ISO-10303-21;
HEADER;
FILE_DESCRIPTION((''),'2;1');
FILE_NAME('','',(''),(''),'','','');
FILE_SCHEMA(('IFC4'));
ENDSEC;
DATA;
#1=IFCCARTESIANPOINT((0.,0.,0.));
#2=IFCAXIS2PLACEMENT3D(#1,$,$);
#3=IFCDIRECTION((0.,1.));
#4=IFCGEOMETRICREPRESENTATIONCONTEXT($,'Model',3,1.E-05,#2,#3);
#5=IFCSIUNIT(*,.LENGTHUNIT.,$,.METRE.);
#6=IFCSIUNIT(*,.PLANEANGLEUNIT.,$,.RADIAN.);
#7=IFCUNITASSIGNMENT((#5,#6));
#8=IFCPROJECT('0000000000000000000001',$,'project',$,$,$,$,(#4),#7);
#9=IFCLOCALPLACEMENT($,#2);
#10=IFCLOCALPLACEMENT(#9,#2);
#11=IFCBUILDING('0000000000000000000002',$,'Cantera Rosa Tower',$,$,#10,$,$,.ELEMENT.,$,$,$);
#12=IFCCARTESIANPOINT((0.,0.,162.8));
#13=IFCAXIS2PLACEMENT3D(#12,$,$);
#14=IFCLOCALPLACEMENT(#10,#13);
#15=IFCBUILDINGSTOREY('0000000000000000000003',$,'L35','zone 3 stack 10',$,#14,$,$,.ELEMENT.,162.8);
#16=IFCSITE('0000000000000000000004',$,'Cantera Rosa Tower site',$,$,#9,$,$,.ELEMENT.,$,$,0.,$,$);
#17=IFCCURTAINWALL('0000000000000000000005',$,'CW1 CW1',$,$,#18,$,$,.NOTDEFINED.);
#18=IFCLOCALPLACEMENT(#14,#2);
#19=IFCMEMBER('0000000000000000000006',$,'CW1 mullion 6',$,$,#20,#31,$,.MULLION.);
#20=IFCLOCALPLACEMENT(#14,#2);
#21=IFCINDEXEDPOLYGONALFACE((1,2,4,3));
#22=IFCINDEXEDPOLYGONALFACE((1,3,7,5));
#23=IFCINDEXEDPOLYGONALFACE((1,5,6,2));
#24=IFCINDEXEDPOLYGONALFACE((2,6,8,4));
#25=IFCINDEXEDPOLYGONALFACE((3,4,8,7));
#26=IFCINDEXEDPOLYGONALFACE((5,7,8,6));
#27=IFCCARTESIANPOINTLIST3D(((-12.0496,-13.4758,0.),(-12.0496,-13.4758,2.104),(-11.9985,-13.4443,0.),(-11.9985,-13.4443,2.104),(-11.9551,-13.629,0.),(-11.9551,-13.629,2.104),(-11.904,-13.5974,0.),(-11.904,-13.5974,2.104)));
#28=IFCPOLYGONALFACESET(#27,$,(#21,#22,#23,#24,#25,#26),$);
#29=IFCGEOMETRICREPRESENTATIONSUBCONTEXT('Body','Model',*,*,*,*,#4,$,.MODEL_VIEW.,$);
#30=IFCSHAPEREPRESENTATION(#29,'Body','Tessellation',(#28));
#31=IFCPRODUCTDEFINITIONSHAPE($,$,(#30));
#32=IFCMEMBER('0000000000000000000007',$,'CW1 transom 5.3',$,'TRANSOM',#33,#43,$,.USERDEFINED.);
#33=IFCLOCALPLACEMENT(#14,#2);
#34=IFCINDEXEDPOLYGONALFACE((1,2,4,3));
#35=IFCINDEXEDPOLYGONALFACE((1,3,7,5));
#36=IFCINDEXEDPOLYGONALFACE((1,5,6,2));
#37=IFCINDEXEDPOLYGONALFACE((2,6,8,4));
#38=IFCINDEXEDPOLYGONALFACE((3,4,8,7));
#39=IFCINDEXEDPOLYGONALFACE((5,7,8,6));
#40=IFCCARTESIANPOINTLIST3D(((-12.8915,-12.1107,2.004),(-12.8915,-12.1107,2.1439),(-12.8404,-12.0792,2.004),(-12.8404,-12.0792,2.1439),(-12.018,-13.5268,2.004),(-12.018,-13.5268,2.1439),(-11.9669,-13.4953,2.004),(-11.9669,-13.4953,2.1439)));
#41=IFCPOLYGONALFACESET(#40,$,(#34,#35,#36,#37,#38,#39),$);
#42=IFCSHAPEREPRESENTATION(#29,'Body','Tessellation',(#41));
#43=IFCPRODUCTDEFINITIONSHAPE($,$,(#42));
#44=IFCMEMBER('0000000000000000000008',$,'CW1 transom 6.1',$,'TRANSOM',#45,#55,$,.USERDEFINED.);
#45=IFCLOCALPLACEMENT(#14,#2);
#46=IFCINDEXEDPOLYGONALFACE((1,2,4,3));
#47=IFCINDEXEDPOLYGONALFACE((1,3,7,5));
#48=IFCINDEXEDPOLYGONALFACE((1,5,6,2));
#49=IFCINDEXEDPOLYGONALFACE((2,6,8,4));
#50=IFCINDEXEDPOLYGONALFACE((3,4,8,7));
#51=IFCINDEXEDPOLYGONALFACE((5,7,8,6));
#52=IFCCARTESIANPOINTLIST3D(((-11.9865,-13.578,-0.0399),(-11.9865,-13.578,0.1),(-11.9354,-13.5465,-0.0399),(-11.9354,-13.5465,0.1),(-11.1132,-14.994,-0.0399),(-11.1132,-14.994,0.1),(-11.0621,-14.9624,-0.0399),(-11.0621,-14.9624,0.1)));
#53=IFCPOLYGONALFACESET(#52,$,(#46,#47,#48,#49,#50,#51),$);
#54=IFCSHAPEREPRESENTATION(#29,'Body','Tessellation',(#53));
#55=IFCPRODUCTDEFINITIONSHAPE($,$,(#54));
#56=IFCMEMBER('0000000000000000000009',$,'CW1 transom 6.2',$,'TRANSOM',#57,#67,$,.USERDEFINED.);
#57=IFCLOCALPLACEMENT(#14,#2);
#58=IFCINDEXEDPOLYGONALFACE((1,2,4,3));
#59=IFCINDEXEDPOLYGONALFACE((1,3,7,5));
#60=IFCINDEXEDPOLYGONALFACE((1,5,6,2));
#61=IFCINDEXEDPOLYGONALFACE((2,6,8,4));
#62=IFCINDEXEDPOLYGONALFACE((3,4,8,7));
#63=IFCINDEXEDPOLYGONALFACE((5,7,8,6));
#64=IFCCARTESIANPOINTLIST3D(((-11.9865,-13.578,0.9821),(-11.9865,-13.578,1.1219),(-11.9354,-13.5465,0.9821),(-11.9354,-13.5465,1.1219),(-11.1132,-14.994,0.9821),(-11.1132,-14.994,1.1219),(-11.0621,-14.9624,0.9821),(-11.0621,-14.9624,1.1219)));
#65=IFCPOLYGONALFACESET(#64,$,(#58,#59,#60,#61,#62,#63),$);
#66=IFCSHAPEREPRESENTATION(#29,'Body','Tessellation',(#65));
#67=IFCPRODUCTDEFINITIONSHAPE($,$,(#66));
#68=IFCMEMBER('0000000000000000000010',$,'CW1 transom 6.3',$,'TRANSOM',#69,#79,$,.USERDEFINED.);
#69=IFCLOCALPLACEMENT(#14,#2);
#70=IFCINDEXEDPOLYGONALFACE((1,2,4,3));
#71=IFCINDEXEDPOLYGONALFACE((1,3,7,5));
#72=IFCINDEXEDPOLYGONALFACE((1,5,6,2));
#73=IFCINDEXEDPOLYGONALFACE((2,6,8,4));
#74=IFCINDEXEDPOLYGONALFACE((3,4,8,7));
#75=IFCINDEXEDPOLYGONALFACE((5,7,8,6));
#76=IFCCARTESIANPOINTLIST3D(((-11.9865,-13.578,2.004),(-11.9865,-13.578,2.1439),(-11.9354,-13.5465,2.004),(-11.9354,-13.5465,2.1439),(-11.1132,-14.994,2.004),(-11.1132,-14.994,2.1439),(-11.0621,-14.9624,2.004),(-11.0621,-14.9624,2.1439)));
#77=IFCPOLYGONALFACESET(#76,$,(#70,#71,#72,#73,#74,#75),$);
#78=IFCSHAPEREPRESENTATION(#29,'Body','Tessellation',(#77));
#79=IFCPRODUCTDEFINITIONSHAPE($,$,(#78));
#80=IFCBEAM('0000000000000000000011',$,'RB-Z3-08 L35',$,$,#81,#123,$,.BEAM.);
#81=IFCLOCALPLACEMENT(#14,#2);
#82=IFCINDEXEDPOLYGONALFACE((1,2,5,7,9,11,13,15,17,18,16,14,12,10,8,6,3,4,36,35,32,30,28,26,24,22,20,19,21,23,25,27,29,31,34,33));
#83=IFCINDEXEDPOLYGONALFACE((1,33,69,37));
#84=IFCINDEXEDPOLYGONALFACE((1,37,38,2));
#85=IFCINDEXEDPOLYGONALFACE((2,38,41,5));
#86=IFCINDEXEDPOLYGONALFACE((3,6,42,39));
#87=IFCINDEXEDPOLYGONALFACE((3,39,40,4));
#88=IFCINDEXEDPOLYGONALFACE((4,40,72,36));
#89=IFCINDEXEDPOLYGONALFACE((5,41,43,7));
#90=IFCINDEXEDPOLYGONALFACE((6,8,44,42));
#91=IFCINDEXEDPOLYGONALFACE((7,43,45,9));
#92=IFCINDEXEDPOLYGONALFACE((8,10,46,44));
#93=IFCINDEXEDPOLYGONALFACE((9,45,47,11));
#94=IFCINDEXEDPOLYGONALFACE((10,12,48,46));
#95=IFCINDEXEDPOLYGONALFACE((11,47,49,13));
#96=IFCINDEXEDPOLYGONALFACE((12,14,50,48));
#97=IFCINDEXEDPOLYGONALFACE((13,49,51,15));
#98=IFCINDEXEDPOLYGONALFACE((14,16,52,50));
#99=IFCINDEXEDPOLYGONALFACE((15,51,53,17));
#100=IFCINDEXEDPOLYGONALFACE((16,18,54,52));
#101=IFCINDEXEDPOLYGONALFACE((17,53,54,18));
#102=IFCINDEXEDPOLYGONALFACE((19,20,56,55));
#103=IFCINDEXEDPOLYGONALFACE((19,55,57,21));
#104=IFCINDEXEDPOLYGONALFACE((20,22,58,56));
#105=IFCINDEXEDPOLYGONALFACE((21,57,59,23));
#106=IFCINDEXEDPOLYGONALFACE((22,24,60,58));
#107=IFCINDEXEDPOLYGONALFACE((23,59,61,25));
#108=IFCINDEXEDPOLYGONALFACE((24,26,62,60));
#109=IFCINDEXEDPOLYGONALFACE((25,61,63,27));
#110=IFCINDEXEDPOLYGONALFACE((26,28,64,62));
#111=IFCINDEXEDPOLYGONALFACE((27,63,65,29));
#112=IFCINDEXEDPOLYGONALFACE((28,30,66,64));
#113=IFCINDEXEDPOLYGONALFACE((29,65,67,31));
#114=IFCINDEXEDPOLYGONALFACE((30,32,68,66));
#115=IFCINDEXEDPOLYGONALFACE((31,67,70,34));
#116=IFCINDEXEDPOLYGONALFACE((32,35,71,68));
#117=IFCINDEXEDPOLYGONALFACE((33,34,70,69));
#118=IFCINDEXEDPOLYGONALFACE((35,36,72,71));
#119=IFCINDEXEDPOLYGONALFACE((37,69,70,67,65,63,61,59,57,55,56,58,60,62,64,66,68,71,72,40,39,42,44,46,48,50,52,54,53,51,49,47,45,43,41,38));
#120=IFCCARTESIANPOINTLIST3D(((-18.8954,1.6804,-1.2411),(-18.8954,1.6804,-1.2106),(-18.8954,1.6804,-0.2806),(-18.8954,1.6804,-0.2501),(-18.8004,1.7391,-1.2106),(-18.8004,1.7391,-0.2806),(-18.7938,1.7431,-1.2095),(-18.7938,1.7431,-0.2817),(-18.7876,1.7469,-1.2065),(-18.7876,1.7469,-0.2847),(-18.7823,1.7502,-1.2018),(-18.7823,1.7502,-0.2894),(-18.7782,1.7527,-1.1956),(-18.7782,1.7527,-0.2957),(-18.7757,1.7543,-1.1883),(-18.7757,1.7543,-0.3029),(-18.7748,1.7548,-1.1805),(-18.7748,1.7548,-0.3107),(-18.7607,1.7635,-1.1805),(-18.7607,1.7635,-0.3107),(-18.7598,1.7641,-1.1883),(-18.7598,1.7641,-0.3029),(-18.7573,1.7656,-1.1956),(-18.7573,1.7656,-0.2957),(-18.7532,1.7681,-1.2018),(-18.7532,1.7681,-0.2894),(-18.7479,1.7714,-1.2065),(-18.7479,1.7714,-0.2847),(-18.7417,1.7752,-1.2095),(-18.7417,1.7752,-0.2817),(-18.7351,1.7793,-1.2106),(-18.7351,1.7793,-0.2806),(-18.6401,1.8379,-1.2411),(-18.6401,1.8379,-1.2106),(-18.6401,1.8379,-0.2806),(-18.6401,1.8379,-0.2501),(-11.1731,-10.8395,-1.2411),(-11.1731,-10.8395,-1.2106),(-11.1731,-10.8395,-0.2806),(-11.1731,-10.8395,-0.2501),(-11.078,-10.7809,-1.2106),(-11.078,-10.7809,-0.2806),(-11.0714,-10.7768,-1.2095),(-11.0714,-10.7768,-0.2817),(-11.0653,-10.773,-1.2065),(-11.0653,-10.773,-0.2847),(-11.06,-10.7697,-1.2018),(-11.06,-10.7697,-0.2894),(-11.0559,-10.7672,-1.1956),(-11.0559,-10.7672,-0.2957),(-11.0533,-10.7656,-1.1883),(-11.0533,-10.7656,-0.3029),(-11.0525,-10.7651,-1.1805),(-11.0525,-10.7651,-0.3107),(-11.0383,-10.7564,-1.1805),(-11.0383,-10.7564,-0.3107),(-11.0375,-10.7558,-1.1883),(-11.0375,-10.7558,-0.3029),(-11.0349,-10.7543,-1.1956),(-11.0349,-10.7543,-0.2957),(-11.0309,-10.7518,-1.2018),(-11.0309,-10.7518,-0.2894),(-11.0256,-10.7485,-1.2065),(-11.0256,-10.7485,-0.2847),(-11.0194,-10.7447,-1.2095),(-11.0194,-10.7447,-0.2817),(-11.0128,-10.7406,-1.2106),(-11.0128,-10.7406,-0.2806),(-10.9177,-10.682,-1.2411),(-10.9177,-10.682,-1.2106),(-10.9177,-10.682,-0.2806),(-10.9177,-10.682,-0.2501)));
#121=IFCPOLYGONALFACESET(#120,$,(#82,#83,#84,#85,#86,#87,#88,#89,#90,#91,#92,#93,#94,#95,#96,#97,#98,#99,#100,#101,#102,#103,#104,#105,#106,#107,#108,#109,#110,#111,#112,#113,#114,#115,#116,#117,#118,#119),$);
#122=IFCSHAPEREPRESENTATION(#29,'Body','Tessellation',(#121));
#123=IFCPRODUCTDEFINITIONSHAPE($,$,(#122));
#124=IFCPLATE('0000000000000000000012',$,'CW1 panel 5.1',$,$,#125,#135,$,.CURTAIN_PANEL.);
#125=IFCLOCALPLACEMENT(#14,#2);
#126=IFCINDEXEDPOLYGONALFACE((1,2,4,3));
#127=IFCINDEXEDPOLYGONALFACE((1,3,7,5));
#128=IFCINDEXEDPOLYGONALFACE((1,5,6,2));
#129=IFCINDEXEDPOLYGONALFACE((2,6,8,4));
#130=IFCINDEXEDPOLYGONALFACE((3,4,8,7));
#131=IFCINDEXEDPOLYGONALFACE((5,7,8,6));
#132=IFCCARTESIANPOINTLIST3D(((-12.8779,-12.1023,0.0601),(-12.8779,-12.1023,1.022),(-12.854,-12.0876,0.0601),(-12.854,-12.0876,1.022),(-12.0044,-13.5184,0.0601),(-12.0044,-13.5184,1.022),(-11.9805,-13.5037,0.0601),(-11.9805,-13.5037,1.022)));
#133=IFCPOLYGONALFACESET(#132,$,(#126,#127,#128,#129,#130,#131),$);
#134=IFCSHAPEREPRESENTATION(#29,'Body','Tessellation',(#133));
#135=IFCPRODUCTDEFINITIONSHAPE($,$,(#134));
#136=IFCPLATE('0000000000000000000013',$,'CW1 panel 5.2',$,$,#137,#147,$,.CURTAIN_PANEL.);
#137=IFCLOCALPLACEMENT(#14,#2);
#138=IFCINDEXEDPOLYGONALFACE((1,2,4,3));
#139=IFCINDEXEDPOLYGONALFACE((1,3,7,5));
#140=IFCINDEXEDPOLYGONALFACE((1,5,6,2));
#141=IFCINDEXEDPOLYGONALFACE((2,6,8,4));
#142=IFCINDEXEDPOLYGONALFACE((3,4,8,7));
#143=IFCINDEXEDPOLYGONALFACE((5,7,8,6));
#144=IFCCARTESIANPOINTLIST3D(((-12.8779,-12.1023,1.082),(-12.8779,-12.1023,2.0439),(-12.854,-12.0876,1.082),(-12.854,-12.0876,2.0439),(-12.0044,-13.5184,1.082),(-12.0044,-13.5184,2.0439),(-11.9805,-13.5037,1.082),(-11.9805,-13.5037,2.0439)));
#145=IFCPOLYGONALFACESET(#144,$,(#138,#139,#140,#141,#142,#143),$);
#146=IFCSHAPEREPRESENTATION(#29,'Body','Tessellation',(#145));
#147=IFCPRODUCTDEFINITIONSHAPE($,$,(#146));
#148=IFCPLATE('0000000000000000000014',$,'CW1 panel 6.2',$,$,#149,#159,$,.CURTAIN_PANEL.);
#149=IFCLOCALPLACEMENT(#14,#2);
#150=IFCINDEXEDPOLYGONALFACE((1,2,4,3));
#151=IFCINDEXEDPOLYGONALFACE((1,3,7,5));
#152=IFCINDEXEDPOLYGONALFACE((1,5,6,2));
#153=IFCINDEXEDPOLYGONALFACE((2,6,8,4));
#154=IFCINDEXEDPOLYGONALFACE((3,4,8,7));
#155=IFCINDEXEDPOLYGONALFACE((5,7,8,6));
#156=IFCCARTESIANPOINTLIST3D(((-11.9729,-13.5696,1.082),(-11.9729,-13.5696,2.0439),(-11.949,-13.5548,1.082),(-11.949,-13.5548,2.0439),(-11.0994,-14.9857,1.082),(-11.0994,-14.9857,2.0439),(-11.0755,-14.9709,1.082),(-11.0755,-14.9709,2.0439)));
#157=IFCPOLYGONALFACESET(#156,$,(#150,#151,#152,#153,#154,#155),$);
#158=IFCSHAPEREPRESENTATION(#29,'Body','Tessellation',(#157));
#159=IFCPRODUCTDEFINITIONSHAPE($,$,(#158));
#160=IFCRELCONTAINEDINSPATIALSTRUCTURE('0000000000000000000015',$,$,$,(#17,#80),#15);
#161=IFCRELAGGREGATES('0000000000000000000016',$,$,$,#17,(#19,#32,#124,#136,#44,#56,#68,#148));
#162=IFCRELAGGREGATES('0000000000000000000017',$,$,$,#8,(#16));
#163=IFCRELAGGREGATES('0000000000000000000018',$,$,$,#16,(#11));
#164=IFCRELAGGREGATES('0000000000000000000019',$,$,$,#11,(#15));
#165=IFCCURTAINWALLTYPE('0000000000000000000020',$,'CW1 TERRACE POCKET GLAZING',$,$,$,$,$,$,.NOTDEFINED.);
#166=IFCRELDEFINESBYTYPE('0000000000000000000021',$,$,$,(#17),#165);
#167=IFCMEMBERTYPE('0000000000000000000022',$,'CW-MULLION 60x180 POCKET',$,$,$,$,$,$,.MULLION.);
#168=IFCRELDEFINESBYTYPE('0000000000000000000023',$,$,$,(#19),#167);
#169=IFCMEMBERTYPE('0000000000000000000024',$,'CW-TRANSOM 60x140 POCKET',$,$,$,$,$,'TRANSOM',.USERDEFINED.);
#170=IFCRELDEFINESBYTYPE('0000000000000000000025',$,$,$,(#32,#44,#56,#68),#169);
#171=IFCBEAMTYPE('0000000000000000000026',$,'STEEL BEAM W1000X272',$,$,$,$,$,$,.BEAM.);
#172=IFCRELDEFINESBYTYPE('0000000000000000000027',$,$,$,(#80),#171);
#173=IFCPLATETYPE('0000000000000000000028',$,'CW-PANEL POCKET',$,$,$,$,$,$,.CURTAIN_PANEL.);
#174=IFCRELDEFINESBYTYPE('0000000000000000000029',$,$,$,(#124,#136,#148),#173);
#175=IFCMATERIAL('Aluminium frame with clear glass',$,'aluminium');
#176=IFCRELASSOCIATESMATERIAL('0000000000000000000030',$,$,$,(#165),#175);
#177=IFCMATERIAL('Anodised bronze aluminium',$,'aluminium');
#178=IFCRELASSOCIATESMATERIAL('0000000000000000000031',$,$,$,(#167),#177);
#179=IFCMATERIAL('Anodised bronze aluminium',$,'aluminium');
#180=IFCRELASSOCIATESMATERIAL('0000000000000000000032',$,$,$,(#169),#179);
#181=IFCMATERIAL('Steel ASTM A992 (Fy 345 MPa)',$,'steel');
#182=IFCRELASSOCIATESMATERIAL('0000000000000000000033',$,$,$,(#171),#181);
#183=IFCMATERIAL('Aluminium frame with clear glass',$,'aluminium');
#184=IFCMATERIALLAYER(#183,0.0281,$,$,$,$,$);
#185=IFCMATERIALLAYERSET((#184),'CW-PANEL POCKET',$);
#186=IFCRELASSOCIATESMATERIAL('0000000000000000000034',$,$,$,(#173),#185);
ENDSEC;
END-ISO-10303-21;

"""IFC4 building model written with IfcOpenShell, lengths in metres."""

from ifc_helpers import new_model, si_unit, direction, frame, origin, origin_2d, place, context, subcontext, project, spatial, rectangle, i_section, extrude, material, layer, layer_set, material_profile, profile_set, type_object, element, aggregate, save


model = new_model("IFC4")

# Units and contexts
model_context = context("Model", 3, precision=1e-05, world=origin(), true_north=direction((0.0, 1.0)))
body_context = subcontext(model_context, "Body", "Model", "MODEL_VIEW")
ifc_project = project(units=[si_unit("LENGTHUNIT", "METRE"), si_unit("PLANEANGLEUNIT", "RADIAN")], contexts=[model_context])

# Site, building, storey
site_placement = place(None, origin())
site = spatial("IfcSite", under=ifc_project, at=site_placement, Name="Cantera Rosa Tower site", CompositionType="ELEMENT", RefElevation=0.0)
building_placement = place(site_placement, origin())
building = spatial("IfcBuilding", under=site, at=building_placement, Name="Cantera Rosa Tower", CompositionType="ELEMENT")
storey_placement = place(building_placement, frame((0.0, 0.0, 162.8)))
storey = spatial("IfcBuildingStorey", under=building, at=storey_placement, Name="L35", Description="zone 3 stack 10", CompositionType="ELEMENT", Elevation=162.8)

# Curtain wall, members
ifc_material_1 = material(Name="Aluminium frame with clear glass", Category="aluminium")
curtain_wall_type = type_object("IfcCurtainWallType", Name="CW1 TERRACE POCKET GLAZING", PredefinedType="NOTDEFINED", material=ifc_material_1)
curtain_wall_placement = place(storey_placement, origin())
curtain_wall = element("IfcCurtainWall", 1, at=curtain_wall_placement, inside=storey, type_object=curtain_wall_type, Name="CW1 CW1", PredefinedType="NOTDEFINED")
ifc_material_2 = material(Name="Anodised bronze aluminium", Category="aluminium")
ifc_material_profile_1 = material_profile(ifc_material_2, rectangle(XDim=0.0601, YDim=0.1799, at=origin_2d()), Name="CW-MULLION 60x180 POCKET")
ifc_profile_set_1 = profile_set([ifc_material_profile_1], Name="Anodised bronze aluminium")
member_type_1 = type_object("IfcMemberType", Name="CW-MULLION 60x180 POCKET", PredefinedType="MULLION", material=ifc_profile_set_1)
member_1_placement = place(storey_placement, frame((-11.9768, -13.5366, 0.0), z_axis=(0.0, 0.0, 1.0), x_axis=(0.851117, 0.524977, 0.0)))
member_1 = element("IfcMember", 2, at=member_1_placement, type_object=member_type_1, Name="CW1 mullion 6", PredefinedType="MULLION", context=body_context, shape_type="SweptSolid", body=[
    extrude(rectangle(XDim=0.0601, YDim=0.1799, at=origin_2d()), origin(), (0.0, 0.0, 1.0), 2.104),
])
ifc_material_3 = material(Name="Anodised bronze aluminium", Category="aluminium")
ifc_material_profile_2 = material_profile(ifc_material_3, rectangle(XDim=0.0601, YDim=0.1399, at=origin_2d()), Name="CW-TRANSOM 60x140 POCKET")
ifc_profile_set_2 = profile_set([ifc_material_profile_2], Name="Anodised bronze aluminium")
member_type_2 = type_object("IfcMemberType", Name="CW-TRANSOM 60x140 POCKET", ElementType="TRANSOM", PredefinedType="USERDEFINED", material=ifc_profile_set_2)
member_2_placement = place(storey_placement, frame((-12.866, -12.095, 2.074), z_axis=(0.52503, -0.851083, 0.0), x_axis=(0.851083, 0.52503, 0.0)))
member_2 = element("IfcMember", 3, at=member_2_placement, type_object=member_type_2, Name="CW1 transom 5.3", ObjectType="TRANSOM", PredefinedType="USERDEFINED", context=body_context, shape_type="SweptSolid", body=[
    extrude(rectangle(XDim=0.0601, YDim=0.1399, at=origin_2d()), origin(), (0.0, 0.0, 1.0), 1.6638),
])
member_3_placement = place(storey_placement, frame((-11.9609, -13.5623, 0.03), z_axis=(0.524924, -0.851149, 0.0), x_axis=(0.851149, 0.524924, 0.0)))
member_3 = element("IfcMember", 4, at=member_3_placement, type_object=member_type_2, Name="CW1 transom 6.1", ObjectType="TRANSOM", PredefinedType="USERDEFINED", context=body_context, shape_type="SweptSolid", body=[
    extrude(rectangle(XDim=0.0601, YDim=0.1399, at=origin_2d()), origin(), (0.0, 0.0, 1.0), 1.6636),
])
member_4_placement = place(storey_placement, frame((-11.9609, -13.5623, 1.052), z_axis=(0.524924, -0.851149, 0.0), x_axis=(0.851149, 0.524924, 0.0)))
member_4 = element("IfcMember", 5, at=member_4_placement, type_object=member_type_2, Name="CW1 transom 6.2", ObjectType="TRANSOM", PredefinedType="USERDEFINED", context=body_context, shape_type="SweptSolid", body=[
    extrude(rectangle(XDim=0.0601, YDim=0.1399, at=origin_2d()), origin(), (0.0, 0.0, 1.0), 1.6636),
])
member_5_placement = place(storey_placement, frame((-11.9609, -13.5623, 2.074), z_axis=(0.524924, -0.851149, 0.0), x_axis=(0.851149, 0.524924, 0.0)))
member_5 = element("IfcMember", 6, at=member_5_placement, type_object=member_type_2, Name="CW1 transom 6.3", ObjectType="TRANSOM", PredefinedType="USERDEFINED", context=body_context, shape_type="SweptSolid", body=[
    extrude(rectangle(XDim=0.0601, YDim=0.1399, at=origin_2d()), origin(), (0.0, 0.0, 1.0), 1.6636),
])

# Beam
ifc_material_4 = material(Name="Steel ASTM A992 (Fy 345 MPa)", Category="steel")
ifc_material_profile_3 = material_profile(ifc_material_4, i_section(OverallWidth=0.3, OverallDepth=0.991, WebThickness=0.0166, FlangeThickness=0.0305, FilletRadius=0.03, at=origin_2d()), Name="W1000X272")
ifc_profile_set_3 = profile_set([ifc_material_profile_3], Name="Steel ASTM A992 (Fy 345 MPa)")
beam_type = type_object("IfcBeamType", Name="STEEL BEAM W1000X272", PredefinedType="BEAM", material=ifc_profile_set_3)
beam_placement = place(storey_placement, frame((-11.0454, -10.7607, -0.7456), z_axis=(-0.524974, 0.851118, 0.0), x_axis=(-0.851118, -0.524974, 0.0)))
element("IfcBeam", 7, at=beam_placement, inside=storey, type_object=beam_type, Name="RB-Z3-08 L35", PredefinedType="BEAM", context=body_context, shape_type="SweptSolid", body=[
    extrude(i_section(OverallWidth=0.3, OverallDepth=0.991, WebThickness=0.0166, FlangeThickness=0.0305, FilletRadius=0.03, at=origin_2d()), origin(), (0.0, 0.0, 1.0), 14.71),
])

# Plates
ifc_material_5 = material(Name="Aluminium frame with clear glass", Category="aluminium")
ifc_layer_1 = layer(ifc_material_5, 0.0281)
ifc_layer_set_1 = layer_set([ifc_layer_1], Name="CW-PANEL POCKET")
plate_type = type_object("IfcPlateType", Name="CW-PANEL POCKET", PredefinedType="CURTAIN_PANEL", material=ifc_layer_set_1)
plate_1_placement = place(storey_placement, frame((-12.4292, -12.803, 0.0601), z_axis=(0.0, 0.0, 1.0), x_axis=(0.524977, -0.851117, 0.0)))
plate_1 = element("IfcPlate", 8, at=plate_1_placement, type_object=plate_type, Name="CW1 panel 5.1", PredefinedType="CURTAIN_PANEL", context=body_context, shape_type="SweptSolid", body=[
    extrude(rectangle(XDim=1.6638, YDim=0.0281, at=origin_2d()), origin(), (0.0, 0.0, 1.0), 0.9619),
])
plate_2_placement = place(storey_placement, frame((-12.4292, -12.803, 1.082), z_axis=(0.0, 0.0, 1.0), x_axis=(0.524977, -0.851117, 0.0)))
plate_2 = element("IfcPlate", 9, at=plate_2_placement, type_object=plate_type, Name="CW1 panel 5.2", PredefinedType="CURTAIN_PANEL", context=body_context, shape_type="SweptSolid", body=[
    extrude(rectangle(XDim=1.6638, YDim=0.0281, at=origin_2d()), origin(), (0.0, 0.0, 1.0), 0.9619),
])
plate_3_placement = place(storey_placement, frame((-11.5242, -14.2703, 1.082), z_axis=(0.0, 0.0, 1.0), x_axis=(0.524977, -0.851117, 0.0)))
plate_3 = element("IfcPlate", 10, at=plate_3_placement, type_object=plate_type, Name="CW1 panel 6.2", PredefinedType="CURTAIN_PANEL", context=body_context, shape_type="SweptSolid", body=[
    extrude(rectangle(XDim=1.6638, YDim=0.0281, at=origin_2d()), origin(), (0.0, 0.0, 1.0), 0.9619),
])
aggregate(curtain_wall, [member_1, member_2, plate_1, plate_2, member_3, member_4, member_5, plate_3])

save(model, "model.ifc")
